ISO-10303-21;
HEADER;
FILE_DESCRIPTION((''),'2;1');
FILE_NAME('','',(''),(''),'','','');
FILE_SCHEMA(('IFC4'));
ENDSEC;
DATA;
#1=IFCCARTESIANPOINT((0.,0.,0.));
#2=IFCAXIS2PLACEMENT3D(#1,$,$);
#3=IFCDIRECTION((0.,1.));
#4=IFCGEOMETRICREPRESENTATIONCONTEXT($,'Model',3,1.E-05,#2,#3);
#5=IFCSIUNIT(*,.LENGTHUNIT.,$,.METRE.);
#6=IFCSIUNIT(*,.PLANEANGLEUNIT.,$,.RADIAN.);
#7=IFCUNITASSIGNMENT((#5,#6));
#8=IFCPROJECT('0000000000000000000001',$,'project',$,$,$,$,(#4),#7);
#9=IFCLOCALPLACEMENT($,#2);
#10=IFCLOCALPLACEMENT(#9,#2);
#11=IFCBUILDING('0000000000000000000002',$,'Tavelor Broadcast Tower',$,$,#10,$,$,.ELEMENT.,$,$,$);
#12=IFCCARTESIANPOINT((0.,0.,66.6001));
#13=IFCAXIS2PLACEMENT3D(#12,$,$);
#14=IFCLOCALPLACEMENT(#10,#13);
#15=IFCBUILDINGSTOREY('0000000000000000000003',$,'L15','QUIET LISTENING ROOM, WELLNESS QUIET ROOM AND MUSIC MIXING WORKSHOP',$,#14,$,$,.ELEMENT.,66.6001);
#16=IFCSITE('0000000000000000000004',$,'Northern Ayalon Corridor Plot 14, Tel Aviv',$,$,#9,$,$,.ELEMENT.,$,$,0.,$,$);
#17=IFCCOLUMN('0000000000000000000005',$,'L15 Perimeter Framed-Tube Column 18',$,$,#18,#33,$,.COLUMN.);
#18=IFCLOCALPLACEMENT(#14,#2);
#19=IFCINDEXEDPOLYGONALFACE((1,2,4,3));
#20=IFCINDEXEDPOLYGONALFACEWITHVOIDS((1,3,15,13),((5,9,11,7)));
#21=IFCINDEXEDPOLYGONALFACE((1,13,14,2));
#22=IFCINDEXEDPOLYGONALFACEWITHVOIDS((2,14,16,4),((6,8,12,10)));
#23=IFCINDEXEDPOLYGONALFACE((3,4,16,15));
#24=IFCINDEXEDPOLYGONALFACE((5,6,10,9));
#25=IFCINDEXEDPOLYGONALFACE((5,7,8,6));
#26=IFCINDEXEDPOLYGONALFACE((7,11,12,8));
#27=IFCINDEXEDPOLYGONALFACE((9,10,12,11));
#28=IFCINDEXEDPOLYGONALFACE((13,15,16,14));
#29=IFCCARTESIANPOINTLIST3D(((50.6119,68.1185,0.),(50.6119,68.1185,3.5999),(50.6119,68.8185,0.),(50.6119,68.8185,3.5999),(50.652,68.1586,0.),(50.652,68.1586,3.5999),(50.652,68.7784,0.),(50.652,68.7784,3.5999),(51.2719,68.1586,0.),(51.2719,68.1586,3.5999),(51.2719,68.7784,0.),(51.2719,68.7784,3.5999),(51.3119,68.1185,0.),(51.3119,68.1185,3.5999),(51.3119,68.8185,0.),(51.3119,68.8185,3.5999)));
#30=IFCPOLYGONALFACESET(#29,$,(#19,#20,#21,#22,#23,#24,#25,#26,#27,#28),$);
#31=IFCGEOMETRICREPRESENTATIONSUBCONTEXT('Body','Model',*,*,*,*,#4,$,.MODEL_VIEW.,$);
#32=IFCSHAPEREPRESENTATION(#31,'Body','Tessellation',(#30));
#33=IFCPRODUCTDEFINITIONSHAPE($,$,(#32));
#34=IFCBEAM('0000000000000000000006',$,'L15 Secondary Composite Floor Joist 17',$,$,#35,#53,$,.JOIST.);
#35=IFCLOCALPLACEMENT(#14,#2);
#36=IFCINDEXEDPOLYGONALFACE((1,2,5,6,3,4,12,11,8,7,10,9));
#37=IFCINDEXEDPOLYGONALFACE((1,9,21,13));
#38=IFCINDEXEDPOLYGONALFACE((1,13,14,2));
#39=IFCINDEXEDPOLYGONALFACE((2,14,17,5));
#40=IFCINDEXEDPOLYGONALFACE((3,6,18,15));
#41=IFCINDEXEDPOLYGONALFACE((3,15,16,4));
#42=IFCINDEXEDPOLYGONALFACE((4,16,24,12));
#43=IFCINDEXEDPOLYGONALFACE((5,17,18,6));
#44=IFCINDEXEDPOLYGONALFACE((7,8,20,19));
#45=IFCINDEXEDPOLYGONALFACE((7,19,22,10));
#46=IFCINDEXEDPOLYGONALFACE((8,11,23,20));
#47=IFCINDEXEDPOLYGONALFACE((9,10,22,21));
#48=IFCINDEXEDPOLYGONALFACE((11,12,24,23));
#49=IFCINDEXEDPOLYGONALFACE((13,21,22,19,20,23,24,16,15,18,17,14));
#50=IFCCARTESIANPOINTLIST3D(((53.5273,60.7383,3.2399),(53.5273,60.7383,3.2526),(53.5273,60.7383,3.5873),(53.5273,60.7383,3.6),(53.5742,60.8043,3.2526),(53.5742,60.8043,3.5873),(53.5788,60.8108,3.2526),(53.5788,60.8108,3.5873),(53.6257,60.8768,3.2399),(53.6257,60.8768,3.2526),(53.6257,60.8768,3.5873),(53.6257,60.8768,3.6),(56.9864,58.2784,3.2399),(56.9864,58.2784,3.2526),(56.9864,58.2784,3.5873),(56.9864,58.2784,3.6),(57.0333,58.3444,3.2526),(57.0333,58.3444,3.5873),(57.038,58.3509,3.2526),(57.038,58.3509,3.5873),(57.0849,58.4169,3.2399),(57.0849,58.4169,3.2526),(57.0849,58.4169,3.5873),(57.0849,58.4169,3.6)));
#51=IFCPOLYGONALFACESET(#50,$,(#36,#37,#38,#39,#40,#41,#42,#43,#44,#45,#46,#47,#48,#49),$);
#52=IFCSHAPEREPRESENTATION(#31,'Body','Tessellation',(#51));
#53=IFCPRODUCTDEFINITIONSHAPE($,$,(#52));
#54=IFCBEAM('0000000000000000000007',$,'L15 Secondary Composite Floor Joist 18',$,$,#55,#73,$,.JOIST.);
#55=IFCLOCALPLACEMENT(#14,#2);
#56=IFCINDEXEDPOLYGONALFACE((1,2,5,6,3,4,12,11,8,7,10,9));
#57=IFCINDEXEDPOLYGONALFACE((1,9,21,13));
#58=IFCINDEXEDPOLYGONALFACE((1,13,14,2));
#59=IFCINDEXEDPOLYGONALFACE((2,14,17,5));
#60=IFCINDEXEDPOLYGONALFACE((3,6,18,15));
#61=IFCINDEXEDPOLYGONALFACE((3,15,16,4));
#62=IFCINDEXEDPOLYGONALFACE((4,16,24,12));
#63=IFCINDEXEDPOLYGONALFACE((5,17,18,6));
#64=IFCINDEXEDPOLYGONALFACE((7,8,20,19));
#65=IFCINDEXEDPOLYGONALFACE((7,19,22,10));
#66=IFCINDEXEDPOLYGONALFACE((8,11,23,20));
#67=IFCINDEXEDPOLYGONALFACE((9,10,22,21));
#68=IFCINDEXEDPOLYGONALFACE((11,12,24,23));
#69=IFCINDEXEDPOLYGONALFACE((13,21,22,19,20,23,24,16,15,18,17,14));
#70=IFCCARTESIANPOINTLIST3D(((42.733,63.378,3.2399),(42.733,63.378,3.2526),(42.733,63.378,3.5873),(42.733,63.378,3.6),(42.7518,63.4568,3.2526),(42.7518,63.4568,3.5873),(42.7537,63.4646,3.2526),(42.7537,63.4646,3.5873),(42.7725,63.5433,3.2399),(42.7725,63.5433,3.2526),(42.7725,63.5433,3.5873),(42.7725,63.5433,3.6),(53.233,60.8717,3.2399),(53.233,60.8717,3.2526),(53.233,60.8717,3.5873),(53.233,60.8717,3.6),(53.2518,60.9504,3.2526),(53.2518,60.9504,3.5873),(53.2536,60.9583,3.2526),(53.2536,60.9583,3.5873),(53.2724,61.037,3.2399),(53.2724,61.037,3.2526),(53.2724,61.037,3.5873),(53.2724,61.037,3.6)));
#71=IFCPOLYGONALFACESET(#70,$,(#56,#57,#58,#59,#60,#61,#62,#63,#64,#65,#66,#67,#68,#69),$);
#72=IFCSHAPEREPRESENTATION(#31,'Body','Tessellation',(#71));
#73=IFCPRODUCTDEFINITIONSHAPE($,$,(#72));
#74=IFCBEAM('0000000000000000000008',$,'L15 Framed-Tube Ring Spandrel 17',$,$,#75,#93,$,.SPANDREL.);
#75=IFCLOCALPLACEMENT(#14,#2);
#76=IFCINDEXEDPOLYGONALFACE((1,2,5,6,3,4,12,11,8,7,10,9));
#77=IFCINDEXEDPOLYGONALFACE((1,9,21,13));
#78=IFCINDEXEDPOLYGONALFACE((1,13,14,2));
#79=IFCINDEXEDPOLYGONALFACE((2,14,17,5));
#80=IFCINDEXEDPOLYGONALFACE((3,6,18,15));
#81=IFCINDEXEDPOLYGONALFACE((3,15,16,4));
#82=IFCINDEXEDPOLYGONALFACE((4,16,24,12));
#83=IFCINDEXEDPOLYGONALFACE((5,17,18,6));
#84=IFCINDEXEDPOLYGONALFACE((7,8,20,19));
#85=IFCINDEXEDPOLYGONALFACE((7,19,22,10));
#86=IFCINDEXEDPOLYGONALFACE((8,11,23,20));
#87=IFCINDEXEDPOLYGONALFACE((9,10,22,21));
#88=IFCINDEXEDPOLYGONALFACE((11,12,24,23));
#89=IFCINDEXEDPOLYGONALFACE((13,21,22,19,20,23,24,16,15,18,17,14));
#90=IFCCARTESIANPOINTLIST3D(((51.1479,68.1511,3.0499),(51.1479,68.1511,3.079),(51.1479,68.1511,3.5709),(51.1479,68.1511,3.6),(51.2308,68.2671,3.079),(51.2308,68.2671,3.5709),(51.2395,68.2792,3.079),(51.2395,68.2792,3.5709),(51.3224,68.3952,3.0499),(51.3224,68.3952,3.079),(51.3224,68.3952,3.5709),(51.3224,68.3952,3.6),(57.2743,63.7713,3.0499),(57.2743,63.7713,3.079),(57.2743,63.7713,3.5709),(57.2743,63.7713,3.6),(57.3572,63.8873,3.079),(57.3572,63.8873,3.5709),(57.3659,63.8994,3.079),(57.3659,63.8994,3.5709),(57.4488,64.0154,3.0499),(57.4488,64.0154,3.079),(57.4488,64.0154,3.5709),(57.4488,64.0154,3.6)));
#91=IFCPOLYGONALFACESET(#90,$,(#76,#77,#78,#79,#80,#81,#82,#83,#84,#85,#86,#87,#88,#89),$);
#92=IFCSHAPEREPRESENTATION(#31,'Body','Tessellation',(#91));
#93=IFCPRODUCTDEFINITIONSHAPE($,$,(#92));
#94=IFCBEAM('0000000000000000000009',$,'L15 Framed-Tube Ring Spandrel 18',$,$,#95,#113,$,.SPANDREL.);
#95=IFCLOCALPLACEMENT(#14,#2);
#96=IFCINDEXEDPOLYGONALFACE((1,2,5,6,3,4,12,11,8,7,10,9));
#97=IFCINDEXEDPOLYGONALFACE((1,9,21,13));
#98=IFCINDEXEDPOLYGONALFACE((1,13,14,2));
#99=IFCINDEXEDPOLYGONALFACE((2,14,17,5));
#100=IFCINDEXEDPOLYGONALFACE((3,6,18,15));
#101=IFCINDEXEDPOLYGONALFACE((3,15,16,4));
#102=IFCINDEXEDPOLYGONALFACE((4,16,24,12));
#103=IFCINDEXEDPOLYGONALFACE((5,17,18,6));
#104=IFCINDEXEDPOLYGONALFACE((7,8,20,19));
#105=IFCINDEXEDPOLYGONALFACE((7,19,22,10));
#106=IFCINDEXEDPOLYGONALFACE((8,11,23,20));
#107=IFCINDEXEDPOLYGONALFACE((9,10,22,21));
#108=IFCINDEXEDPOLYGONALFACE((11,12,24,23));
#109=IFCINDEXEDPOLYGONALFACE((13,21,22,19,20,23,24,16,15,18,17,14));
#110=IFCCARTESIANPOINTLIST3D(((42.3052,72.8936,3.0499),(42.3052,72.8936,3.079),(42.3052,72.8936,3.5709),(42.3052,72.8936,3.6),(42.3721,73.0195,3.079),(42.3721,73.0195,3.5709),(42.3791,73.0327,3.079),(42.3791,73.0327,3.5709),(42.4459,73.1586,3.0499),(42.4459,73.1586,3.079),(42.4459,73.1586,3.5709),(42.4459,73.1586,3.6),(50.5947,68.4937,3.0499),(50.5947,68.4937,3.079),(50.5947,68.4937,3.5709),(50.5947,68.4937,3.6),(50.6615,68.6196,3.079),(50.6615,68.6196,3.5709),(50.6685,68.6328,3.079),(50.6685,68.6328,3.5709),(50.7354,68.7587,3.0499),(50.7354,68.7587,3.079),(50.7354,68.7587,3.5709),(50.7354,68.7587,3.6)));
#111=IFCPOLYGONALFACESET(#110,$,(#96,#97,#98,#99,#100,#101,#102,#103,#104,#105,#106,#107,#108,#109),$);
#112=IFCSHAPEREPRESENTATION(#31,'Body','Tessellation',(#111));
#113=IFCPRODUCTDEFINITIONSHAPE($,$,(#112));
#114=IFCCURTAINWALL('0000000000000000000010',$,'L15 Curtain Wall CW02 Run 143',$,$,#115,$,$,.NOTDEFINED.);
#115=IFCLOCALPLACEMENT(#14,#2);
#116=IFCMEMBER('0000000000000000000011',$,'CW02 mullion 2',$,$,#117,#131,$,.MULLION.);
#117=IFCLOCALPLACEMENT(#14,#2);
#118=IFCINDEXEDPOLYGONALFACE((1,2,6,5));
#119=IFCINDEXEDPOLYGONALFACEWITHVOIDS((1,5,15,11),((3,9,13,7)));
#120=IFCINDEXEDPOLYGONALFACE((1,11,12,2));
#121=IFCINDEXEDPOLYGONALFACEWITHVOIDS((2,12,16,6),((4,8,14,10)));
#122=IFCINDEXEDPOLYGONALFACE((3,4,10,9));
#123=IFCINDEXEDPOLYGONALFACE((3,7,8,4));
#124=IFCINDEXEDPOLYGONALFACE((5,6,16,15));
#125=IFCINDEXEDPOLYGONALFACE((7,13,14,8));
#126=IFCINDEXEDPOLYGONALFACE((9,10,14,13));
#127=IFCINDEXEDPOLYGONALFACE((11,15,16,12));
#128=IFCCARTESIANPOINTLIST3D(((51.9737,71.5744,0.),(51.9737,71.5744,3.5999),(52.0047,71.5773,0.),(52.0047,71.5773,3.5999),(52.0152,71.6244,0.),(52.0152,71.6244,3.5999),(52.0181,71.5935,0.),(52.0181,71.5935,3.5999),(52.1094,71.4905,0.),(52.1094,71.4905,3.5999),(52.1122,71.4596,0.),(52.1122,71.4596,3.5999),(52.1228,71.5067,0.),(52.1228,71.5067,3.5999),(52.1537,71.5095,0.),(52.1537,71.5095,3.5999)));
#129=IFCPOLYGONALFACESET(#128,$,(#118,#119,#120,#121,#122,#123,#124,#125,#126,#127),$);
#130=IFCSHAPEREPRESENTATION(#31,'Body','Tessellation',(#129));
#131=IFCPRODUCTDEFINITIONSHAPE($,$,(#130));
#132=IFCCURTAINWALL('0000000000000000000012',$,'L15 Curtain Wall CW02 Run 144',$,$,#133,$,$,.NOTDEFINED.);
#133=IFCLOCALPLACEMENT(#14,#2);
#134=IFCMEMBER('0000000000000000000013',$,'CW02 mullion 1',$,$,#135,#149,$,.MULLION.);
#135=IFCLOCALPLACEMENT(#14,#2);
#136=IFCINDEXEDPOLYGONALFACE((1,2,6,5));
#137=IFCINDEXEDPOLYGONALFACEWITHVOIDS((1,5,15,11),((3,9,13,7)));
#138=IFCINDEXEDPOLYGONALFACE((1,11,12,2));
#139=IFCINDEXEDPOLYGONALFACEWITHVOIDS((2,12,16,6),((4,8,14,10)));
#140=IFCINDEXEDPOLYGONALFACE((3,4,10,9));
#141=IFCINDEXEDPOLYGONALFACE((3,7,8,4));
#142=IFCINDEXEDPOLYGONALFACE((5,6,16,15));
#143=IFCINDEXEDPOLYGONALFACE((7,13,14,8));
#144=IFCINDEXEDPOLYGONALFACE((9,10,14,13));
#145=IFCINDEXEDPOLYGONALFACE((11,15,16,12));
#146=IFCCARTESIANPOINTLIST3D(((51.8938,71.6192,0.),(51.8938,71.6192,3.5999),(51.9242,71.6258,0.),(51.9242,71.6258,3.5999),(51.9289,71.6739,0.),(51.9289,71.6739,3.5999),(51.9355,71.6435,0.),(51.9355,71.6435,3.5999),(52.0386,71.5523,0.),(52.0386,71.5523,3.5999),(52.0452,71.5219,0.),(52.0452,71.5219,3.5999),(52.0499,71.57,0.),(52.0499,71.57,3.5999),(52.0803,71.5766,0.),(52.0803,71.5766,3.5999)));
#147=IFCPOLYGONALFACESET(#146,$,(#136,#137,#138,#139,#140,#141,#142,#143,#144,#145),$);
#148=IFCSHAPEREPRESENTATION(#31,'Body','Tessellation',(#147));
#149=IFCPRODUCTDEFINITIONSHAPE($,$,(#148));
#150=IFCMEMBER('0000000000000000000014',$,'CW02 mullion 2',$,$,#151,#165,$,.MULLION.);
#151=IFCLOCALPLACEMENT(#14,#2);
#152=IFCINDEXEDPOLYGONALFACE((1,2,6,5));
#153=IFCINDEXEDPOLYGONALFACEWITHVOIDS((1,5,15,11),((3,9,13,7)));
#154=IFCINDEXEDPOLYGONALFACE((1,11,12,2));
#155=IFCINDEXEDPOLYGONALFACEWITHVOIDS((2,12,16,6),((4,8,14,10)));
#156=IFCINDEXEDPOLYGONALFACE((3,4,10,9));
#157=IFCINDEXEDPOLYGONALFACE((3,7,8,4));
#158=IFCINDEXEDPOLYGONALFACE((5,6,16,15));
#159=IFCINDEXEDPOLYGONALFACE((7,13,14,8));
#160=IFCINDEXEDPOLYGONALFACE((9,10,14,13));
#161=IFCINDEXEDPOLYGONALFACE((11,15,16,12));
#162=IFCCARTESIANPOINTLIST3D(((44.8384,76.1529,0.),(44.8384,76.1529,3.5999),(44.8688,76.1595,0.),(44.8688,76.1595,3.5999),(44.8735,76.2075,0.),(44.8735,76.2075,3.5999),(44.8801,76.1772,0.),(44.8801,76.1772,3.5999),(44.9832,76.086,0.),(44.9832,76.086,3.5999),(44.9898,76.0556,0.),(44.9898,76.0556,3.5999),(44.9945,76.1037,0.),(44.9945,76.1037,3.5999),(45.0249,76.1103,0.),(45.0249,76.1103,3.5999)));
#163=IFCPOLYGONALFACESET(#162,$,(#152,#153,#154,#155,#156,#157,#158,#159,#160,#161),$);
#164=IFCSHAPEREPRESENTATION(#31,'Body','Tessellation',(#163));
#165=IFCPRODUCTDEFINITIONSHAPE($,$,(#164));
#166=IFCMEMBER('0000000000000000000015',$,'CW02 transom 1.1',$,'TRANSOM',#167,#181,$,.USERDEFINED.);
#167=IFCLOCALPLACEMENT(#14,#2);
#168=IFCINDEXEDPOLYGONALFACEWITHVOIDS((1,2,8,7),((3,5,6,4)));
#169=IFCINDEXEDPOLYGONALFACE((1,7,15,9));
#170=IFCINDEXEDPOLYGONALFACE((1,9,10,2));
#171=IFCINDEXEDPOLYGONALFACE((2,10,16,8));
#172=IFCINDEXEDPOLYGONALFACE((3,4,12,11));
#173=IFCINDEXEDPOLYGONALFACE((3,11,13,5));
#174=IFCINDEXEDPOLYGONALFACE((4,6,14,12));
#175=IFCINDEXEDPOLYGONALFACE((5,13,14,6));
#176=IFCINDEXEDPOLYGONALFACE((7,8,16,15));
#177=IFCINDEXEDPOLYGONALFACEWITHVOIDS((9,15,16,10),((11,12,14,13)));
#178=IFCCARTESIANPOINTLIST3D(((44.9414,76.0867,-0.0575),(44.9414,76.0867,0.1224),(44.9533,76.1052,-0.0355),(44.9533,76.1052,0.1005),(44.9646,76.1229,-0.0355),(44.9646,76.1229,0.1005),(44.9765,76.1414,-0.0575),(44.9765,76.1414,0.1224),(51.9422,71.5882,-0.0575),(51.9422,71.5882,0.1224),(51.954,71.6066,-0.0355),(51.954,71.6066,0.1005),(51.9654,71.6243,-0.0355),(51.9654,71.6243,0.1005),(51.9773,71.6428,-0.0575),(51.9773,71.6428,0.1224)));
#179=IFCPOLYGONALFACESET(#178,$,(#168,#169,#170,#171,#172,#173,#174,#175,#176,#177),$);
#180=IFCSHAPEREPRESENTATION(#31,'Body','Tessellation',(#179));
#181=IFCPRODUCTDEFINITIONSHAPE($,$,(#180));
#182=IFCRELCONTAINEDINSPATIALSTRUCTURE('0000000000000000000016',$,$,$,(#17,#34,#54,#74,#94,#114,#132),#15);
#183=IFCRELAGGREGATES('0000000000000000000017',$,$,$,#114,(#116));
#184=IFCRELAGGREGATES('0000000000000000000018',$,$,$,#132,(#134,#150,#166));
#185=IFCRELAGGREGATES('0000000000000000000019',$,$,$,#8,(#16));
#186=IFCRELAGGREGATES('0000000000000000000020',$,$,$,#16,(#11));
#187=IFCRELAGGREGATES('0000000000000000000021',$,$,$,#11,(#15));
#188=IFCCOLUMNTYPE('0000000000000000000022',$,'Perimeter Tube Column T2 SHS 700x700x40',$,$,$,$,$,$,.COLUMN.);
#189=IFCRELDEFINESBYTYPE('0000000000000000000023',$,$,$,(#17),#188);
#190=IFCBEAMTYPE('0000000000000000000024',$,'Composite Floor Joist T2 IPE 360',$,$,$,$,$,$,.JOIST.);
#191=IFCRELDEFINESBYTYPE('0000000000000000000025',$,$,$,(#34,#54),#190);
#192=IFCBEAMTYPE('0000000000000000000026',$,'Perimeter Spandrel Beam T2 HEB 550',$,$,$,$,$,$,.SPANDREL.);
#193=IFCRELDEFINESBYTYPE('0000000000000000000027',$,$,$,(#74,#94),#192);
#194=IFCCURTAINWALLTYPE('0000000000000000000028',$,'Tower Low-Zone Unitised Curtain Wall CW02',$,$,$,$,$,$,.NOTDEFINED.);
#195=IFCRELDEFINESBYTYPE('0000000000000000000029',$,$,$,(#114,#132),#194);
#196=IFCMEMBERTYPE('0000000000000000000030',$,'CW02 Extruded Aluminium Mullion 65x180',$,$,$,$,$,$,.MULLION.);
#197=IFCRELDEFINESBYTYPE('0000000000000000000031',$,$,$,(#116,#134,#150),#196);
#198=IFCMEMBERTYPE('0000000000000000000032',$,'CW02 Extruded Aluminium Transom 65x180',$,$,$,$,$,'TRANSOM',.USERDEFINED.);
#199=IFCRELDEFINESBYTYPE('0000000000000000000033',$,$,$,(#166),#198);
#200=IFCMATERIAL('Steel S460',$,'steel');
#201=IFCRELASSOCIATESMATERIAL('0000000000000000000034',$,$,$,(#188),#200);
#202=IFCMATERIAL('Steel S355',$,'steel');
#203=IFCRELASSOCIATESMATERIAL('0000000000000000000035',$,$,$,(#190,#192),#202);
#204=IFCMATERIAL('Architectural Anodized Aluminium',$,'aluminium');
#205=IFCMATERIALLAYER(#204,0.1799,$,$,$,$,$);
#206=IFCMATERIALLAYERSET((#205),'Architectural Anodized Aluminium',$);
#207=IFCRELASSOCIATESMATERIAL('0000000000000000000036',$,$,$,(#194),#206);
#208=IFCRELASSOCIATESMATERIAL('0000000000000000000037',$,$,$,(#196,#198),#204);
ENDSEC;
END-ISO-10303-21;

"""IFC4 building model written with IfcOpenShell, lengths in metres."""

from ifc_helpers import new_model, si_unit, direction, frame, origin, origin_2d, place, context, subcontext, project, spatial, hollow_rectangle, i_section, extrude, source, transform, mapped, material, layer, layer_set, material_profile, profile_set, type_object, type_shapes, element, aggregate, save


model = new_model("IFC4")

# Units and contexts
model_context = context("Model", 3, precision=1e-05, world=origin(), true_north=direction((0.0, 1.0)))
body_context = subcontext(model_context, "Body", "Model", "MODEL_VIEW")
ifc_project = project(units=[si_unit("LENGTHUNIT", "METRE"), si_unit("PLANEANGLEUNIT", "RADIAN")], contexts=[model_context])

# Site, building, storey
site_placement = place(None, origin())
site = spatial("IfcSite", under=ifc_project, at=site_placement, Name="Northern Ayalon Corridor Plot 14, Tel Aviv", CompositionType="ELEMENT", RefElevation=0.0)
building_placement = place(site_placement, origin())
building = spatial("IfcBuilding", under=site, at=building_placement, Name="Tavelor Broadcast Tower", CompositionType="ELEMENT")
storey_placement = place(building_placement, frame((0.0, 0.0, 66.6001)))
storey = spatial("IfcBuildingStorey", under=building, at=storey_placement, Name="L15", Description="QUIET LISTENING ROOM, WELLNESS QUIET ROOM AND MUSIC MIXING WORKSHOP", CompositionType="ELEMENT", Elevation=66.6001)

# Column
ifc_material_1 = material(Name="Steel S460", Category="steel")
ifc_material_profile_1 = material_profile(ifc_material_1, hollow_rectangle(XDim=0.7, YDim=0.7, WallThickness=0.04, at=origin_2d()), Name="SHS 700x700x40")
ifc_profile_set_1 = profile_set([ifc_material_profile_1], Name="Steel S460")
column_type = type_object("IfcColumnType", Name="Perimeter Tube Column T2 SHS 700x700x40", PredefinedType="COLUMN", material=ifc_profile_set_1)
column_placement = place(storey_placement, frame((50.9619, 68.4685, 0.0), z_axis=(0.0, 0.0, 1.0), x_axis=(1.0, 0.0, 0.0)))
element("IfcColumn", 1, at=column_placement, inside=storey, type_object=column_type, Name="L15 Perimeter Framed-Tube Column 18", PredefinedType="COLUMN", context=body_context, shape_type="SweptSolid", body=[
    extrude(hollow_rectangle(XDim=0.7, YDim=0.7, WallThickness=0.04, at=origin_2d()), origin(), (0.0, 0.0, 1.0), 3.5999),
])

# Beams
ifc_material_2 = material(Name="Steel S355", Category="steel")
ifc_material_profile_2 = material_profile(ifc_material_2, i_section(OverallWidth=0.1699, OverallDepth=0.3601, WebThickness=0.0081, FlangeThickness=0.0127, at=origin_2d()), Name="IPE 360")
ifc_profile_set_2 = profile_set([ifc_material_profile_2], Name="Steel S355")
beam_type_1 = type_object("IfcBeamType", Name="Composite Floor Joist T2 IPE 360", PredefinedType="JOIST", material=ifc_profile_set_2)
beam_1_placement = place(storey_placement, frame((57.0356, 58.3477, 3.4199), z_axis=(-0.814948, 0.579534, 0.0), x_axis=(-0.579534, -0.814948, 0.0)))
element("IfcBeam", 2, at=beam_1_placement, inside=storey, type_object=beam_type_1, Name="L15 Secondary Composite Floor Joist 17", PredefinedType="JOIST", context=body_context, shape_type="SweptSolid", body=[
    extrude(i_section(OverallWidth=0.1699, OverallDepth=0.3601, WebThickness=0.0081, FlangeThickness=0.0127, at=origin_2d()), origin(), (0.0, 0.0, 1.0), 4.2446),
])
beam_2_placement = place(storey_placement, frame((53.2527, 60.9543, 3.4199), z_axis=(-0.972674, 0.232177, 0.0), x_axis=(-0.232177, -0.972674, 0.0)))
element("IfcBeam", 3, at=beam_2_placement, inside=storey, type_object=beam_type_1, Name="L15 Secondary Composite Floor Joist 18", PredefinedType="JOIST", context=body_context, shape_type="SweptSolid", body=[
    extrude(i_section(OverallWidth=0.1699, OverallDepth=0.3601, WebThickness=0.0081, FlangeThickness=0.0127, at=origin_2d()), origin(), (0.0, 0.0, 1.0), 10.7949),
])
ifc_material_profile_3 = material_profile(ifc_material_2, i_section(OverallWidth=0.3, OverallDepth=0.55, WebThickness=0.0149, FlangeThickness=0.0291, at=origin_2d()), Name="HEB 550")
ifc_profile_set_3 = profile_set([ifc_material_profile_3], Name="Steel S355")
beam_type_2 = type_object("IfcBeamType", Name="Perimeter Spandrel Beam T2 HEB 550", PredefinedType="SPANDREL", material=ifc_profile_set_3)
beam_3_placement = place(storey_placement, frame((57.3616, 63.8933, 3.325), z_axis=(-0.813492, 0.581575, 0.0), x_axis=(-0.581575, -0.813492, 0.0)))
element("IfcBeam", 4, at=beam_3_placement, inside=storey, type_object=beam_type_2, Name="L15 Framed-Tube Ring Spandrel 17", PredefinedType="SPANDREL", context=body_context, shape_type="SweptSolid", body=[
    extrude(i_section(OverallWidth=0.3, OverallDepth=0.55, WebThickness=0.0149, FlangeThickness=0.0291, at=origin_2d()), origin(), (0.0, 0.0, 1.0), 7.531),
])
beam_4_placement = place(storey_placement, frame((50.665, 68.6262, 3.325), z_axis=(-0.883289, 0.468829, 0.0), x_axis=(-0.468829, -0.883289, 0.0)))
element("IfcBeam", 5, at=beam_4_placement, inside=storey, type_object=beam_type_2, Name="L15 Framed-Tube Ring Spandrel 18", PredefinedType="SPANDREL", context=body_context, shape_type="SweptSolid", body=[
    extrude(i_section(OverallWidth=0.3, OverallDepth=0.55, WebThickness=0.0149, FlangeThickness=0.0291, at=origin_2d()), origin(), (0.0, 0.0, 1.0), 9.3848),
])

# Curtain wall, member
ifc_material_3 = material(Name="Architectural Anodized Aluminium", Category="aluminium")
ifc_layer_1 = layer(ifc_material_3, 0.1799)
ifc_layer_set_1 = layer_set([ifc_layer_1], Name="Architectural Anodized Aluminium")
curtain_wall_type = type_object("IfcCurtainWallType", Name="Tower Low-Zone Unitised Curtain Wall CW02", PredefinedType="NOTDEFINED", material=ifc_layer_set_1)
curtain_wall_1_placement = place(storey_placement, origin())
curtain_wall_1 = element("IfcCurtainWall", 6, at=curtain_wall_1_placement, inside=storey, type_object=curtain_wall_type, Name="L15 Curtain Wall CW02 Run 143", PredefinedType="NOTDEFINED")
ifc_material_profile_4 = material_profile(ifc_material_3, hollow_rectangle(XDim=0.0649, YDim=0.1799, WallThickness=0.022, at=origin_2d()), Name="RHS 65x180x22")
ifc_profile_set_4 = profile_set([ifc_material_profile_4], Name="Architectural Anodized Aluminium")
member_type_1 = type_object("IfcMemberType", Name="CW02 Extruded Aluminium Mullion 65x180", PredefinedType="MULLION", material=ifc_profile_set_4)
shared_shape_1 = source(origin(), body_context, "Body", "SweptSolid", [
    extrude(hollow_rectangle(XDim=0.0649, YDim=0.1799, WallThickness=0.022, at=origin_2d()), origin(), (0.0, 0.0, 1.0), 3.5999),
])
type_shapes(member_type_1, [shared_shape_1])
member_1_placement = place(storey_placement, frame((52.0637, 71.542, 0.0), z_axis=(0.0, 0.0, 1.0), x_axis=(-0.638422, -0.769686, 0.0)))
member_1 = element("IfcMember", 7, at=member_1_placement, type_object=member_type_1, Name="CW02 mullion 2", PredefinedType="MULLION", context=body_context, shape_type="MappedRepresentation", body=[
    mapped(shared_shape_1, transform((0.0, 0.0, 0.0), scale=1.0)),
])

# Curtain wall, members
curtain_wall_2_placement = place(storey_placement, origin())
curtain_wall_2 = element("IfcCurtainWall", 8, at=curtain_wall_2_placement, inside=storey, type_object=curtain_wall_type, Name="L15 Curtain Wall CW02 Run 144", PredefinedType="NOTDEFINED")
member_2_placement = place(storey_placement, frame((51.9871, 71.5979, 0.0), z_axis=(0.0, 0.0, 1.0), x_axis=(-0.540592, -0.841285, 0.0)))
member_2 = element("IfcMember", 9, at=member_2_placement, type_object=member_type_1, Name="CW02 mullion 1", PredefinedType="MULLION", context=body_context, shape_type="MappedRepresentation", body=[
    mapped(shared_shape_1, transform((0.0, 0.0, 0.0), scale=1.0)),
])
member_3_placement = place(storey_placement, frame((44.9316, 76.1316, 0.0), z_axis=(0.0, 0.0, 1.0), x_axis=(-0.540592, -0.841285, 0.0)))
member_3 = element("IfcMember", 10, at=member_3_placement, type_object=member_type_1, Name="CW02 mullion 2", PredefinedType="MULLION", context=body_context, shape_type="MappedRepresentation", body=[
    mapped(shared_shape_1, transform((0.0, 0.0, 0.0), scale=1.0)),
])
ifc_material_profile_5 = material_profile(ifc_material_3, hollow_rectangle(XDim=0.0649, YDim=0.1799, WallThickness=0.022, at=origin_2d()), Name="RHS 65x180x22")
ifc_profile_set_5 = profile_set([ifc_material_profile_5], Name="Architectural Anodized Aluminium")
member_type_2 = type_object("IfcMemberType", Name="CW02 Extruded Aluminium Transom 65x180", ElementType="TRANSOM", PredefinedType="USERDEFINED", material=ifc_profile_set_5)
shared_shape_2 = source(origin(), body_context, "Body", "SweptSolid", [
    extrude(hollow_rectangle(XDim=0.0649, YDim=0.1799, WallThickness=0.022, at=origin_2d()), origin(), (0.0, 0.0, 1.0), 8.3215),
])
type_shapes(member_type_2, [shared_shape_2])
member_4_placement = place(storey_placement, frame((51.9597, 71.6155, 0.0325), z_axis=(-0.841284, 0.540593, 0.0), x_axis=(-0.540593, -0.841284, 0.0)))
member_4 = element("IfcMember", 11, at=member_4_placement, type_object=member_type_2, Name="CW02 transom 1.1", ObjectType="TRANSOM", PredefinedType="USERDEFINED", context=body_context, shape_type="MappedRepresentation", body=[
    mapped(shared_shape_2, transform((0.0, 0.0, 0.0), scale=1.0)),
])

aggregate(curtain_wall_1, [member_1])
aggregate(curtain_wall_2, [member_2, member_3, member_4])

save(model, "model.ifc")
